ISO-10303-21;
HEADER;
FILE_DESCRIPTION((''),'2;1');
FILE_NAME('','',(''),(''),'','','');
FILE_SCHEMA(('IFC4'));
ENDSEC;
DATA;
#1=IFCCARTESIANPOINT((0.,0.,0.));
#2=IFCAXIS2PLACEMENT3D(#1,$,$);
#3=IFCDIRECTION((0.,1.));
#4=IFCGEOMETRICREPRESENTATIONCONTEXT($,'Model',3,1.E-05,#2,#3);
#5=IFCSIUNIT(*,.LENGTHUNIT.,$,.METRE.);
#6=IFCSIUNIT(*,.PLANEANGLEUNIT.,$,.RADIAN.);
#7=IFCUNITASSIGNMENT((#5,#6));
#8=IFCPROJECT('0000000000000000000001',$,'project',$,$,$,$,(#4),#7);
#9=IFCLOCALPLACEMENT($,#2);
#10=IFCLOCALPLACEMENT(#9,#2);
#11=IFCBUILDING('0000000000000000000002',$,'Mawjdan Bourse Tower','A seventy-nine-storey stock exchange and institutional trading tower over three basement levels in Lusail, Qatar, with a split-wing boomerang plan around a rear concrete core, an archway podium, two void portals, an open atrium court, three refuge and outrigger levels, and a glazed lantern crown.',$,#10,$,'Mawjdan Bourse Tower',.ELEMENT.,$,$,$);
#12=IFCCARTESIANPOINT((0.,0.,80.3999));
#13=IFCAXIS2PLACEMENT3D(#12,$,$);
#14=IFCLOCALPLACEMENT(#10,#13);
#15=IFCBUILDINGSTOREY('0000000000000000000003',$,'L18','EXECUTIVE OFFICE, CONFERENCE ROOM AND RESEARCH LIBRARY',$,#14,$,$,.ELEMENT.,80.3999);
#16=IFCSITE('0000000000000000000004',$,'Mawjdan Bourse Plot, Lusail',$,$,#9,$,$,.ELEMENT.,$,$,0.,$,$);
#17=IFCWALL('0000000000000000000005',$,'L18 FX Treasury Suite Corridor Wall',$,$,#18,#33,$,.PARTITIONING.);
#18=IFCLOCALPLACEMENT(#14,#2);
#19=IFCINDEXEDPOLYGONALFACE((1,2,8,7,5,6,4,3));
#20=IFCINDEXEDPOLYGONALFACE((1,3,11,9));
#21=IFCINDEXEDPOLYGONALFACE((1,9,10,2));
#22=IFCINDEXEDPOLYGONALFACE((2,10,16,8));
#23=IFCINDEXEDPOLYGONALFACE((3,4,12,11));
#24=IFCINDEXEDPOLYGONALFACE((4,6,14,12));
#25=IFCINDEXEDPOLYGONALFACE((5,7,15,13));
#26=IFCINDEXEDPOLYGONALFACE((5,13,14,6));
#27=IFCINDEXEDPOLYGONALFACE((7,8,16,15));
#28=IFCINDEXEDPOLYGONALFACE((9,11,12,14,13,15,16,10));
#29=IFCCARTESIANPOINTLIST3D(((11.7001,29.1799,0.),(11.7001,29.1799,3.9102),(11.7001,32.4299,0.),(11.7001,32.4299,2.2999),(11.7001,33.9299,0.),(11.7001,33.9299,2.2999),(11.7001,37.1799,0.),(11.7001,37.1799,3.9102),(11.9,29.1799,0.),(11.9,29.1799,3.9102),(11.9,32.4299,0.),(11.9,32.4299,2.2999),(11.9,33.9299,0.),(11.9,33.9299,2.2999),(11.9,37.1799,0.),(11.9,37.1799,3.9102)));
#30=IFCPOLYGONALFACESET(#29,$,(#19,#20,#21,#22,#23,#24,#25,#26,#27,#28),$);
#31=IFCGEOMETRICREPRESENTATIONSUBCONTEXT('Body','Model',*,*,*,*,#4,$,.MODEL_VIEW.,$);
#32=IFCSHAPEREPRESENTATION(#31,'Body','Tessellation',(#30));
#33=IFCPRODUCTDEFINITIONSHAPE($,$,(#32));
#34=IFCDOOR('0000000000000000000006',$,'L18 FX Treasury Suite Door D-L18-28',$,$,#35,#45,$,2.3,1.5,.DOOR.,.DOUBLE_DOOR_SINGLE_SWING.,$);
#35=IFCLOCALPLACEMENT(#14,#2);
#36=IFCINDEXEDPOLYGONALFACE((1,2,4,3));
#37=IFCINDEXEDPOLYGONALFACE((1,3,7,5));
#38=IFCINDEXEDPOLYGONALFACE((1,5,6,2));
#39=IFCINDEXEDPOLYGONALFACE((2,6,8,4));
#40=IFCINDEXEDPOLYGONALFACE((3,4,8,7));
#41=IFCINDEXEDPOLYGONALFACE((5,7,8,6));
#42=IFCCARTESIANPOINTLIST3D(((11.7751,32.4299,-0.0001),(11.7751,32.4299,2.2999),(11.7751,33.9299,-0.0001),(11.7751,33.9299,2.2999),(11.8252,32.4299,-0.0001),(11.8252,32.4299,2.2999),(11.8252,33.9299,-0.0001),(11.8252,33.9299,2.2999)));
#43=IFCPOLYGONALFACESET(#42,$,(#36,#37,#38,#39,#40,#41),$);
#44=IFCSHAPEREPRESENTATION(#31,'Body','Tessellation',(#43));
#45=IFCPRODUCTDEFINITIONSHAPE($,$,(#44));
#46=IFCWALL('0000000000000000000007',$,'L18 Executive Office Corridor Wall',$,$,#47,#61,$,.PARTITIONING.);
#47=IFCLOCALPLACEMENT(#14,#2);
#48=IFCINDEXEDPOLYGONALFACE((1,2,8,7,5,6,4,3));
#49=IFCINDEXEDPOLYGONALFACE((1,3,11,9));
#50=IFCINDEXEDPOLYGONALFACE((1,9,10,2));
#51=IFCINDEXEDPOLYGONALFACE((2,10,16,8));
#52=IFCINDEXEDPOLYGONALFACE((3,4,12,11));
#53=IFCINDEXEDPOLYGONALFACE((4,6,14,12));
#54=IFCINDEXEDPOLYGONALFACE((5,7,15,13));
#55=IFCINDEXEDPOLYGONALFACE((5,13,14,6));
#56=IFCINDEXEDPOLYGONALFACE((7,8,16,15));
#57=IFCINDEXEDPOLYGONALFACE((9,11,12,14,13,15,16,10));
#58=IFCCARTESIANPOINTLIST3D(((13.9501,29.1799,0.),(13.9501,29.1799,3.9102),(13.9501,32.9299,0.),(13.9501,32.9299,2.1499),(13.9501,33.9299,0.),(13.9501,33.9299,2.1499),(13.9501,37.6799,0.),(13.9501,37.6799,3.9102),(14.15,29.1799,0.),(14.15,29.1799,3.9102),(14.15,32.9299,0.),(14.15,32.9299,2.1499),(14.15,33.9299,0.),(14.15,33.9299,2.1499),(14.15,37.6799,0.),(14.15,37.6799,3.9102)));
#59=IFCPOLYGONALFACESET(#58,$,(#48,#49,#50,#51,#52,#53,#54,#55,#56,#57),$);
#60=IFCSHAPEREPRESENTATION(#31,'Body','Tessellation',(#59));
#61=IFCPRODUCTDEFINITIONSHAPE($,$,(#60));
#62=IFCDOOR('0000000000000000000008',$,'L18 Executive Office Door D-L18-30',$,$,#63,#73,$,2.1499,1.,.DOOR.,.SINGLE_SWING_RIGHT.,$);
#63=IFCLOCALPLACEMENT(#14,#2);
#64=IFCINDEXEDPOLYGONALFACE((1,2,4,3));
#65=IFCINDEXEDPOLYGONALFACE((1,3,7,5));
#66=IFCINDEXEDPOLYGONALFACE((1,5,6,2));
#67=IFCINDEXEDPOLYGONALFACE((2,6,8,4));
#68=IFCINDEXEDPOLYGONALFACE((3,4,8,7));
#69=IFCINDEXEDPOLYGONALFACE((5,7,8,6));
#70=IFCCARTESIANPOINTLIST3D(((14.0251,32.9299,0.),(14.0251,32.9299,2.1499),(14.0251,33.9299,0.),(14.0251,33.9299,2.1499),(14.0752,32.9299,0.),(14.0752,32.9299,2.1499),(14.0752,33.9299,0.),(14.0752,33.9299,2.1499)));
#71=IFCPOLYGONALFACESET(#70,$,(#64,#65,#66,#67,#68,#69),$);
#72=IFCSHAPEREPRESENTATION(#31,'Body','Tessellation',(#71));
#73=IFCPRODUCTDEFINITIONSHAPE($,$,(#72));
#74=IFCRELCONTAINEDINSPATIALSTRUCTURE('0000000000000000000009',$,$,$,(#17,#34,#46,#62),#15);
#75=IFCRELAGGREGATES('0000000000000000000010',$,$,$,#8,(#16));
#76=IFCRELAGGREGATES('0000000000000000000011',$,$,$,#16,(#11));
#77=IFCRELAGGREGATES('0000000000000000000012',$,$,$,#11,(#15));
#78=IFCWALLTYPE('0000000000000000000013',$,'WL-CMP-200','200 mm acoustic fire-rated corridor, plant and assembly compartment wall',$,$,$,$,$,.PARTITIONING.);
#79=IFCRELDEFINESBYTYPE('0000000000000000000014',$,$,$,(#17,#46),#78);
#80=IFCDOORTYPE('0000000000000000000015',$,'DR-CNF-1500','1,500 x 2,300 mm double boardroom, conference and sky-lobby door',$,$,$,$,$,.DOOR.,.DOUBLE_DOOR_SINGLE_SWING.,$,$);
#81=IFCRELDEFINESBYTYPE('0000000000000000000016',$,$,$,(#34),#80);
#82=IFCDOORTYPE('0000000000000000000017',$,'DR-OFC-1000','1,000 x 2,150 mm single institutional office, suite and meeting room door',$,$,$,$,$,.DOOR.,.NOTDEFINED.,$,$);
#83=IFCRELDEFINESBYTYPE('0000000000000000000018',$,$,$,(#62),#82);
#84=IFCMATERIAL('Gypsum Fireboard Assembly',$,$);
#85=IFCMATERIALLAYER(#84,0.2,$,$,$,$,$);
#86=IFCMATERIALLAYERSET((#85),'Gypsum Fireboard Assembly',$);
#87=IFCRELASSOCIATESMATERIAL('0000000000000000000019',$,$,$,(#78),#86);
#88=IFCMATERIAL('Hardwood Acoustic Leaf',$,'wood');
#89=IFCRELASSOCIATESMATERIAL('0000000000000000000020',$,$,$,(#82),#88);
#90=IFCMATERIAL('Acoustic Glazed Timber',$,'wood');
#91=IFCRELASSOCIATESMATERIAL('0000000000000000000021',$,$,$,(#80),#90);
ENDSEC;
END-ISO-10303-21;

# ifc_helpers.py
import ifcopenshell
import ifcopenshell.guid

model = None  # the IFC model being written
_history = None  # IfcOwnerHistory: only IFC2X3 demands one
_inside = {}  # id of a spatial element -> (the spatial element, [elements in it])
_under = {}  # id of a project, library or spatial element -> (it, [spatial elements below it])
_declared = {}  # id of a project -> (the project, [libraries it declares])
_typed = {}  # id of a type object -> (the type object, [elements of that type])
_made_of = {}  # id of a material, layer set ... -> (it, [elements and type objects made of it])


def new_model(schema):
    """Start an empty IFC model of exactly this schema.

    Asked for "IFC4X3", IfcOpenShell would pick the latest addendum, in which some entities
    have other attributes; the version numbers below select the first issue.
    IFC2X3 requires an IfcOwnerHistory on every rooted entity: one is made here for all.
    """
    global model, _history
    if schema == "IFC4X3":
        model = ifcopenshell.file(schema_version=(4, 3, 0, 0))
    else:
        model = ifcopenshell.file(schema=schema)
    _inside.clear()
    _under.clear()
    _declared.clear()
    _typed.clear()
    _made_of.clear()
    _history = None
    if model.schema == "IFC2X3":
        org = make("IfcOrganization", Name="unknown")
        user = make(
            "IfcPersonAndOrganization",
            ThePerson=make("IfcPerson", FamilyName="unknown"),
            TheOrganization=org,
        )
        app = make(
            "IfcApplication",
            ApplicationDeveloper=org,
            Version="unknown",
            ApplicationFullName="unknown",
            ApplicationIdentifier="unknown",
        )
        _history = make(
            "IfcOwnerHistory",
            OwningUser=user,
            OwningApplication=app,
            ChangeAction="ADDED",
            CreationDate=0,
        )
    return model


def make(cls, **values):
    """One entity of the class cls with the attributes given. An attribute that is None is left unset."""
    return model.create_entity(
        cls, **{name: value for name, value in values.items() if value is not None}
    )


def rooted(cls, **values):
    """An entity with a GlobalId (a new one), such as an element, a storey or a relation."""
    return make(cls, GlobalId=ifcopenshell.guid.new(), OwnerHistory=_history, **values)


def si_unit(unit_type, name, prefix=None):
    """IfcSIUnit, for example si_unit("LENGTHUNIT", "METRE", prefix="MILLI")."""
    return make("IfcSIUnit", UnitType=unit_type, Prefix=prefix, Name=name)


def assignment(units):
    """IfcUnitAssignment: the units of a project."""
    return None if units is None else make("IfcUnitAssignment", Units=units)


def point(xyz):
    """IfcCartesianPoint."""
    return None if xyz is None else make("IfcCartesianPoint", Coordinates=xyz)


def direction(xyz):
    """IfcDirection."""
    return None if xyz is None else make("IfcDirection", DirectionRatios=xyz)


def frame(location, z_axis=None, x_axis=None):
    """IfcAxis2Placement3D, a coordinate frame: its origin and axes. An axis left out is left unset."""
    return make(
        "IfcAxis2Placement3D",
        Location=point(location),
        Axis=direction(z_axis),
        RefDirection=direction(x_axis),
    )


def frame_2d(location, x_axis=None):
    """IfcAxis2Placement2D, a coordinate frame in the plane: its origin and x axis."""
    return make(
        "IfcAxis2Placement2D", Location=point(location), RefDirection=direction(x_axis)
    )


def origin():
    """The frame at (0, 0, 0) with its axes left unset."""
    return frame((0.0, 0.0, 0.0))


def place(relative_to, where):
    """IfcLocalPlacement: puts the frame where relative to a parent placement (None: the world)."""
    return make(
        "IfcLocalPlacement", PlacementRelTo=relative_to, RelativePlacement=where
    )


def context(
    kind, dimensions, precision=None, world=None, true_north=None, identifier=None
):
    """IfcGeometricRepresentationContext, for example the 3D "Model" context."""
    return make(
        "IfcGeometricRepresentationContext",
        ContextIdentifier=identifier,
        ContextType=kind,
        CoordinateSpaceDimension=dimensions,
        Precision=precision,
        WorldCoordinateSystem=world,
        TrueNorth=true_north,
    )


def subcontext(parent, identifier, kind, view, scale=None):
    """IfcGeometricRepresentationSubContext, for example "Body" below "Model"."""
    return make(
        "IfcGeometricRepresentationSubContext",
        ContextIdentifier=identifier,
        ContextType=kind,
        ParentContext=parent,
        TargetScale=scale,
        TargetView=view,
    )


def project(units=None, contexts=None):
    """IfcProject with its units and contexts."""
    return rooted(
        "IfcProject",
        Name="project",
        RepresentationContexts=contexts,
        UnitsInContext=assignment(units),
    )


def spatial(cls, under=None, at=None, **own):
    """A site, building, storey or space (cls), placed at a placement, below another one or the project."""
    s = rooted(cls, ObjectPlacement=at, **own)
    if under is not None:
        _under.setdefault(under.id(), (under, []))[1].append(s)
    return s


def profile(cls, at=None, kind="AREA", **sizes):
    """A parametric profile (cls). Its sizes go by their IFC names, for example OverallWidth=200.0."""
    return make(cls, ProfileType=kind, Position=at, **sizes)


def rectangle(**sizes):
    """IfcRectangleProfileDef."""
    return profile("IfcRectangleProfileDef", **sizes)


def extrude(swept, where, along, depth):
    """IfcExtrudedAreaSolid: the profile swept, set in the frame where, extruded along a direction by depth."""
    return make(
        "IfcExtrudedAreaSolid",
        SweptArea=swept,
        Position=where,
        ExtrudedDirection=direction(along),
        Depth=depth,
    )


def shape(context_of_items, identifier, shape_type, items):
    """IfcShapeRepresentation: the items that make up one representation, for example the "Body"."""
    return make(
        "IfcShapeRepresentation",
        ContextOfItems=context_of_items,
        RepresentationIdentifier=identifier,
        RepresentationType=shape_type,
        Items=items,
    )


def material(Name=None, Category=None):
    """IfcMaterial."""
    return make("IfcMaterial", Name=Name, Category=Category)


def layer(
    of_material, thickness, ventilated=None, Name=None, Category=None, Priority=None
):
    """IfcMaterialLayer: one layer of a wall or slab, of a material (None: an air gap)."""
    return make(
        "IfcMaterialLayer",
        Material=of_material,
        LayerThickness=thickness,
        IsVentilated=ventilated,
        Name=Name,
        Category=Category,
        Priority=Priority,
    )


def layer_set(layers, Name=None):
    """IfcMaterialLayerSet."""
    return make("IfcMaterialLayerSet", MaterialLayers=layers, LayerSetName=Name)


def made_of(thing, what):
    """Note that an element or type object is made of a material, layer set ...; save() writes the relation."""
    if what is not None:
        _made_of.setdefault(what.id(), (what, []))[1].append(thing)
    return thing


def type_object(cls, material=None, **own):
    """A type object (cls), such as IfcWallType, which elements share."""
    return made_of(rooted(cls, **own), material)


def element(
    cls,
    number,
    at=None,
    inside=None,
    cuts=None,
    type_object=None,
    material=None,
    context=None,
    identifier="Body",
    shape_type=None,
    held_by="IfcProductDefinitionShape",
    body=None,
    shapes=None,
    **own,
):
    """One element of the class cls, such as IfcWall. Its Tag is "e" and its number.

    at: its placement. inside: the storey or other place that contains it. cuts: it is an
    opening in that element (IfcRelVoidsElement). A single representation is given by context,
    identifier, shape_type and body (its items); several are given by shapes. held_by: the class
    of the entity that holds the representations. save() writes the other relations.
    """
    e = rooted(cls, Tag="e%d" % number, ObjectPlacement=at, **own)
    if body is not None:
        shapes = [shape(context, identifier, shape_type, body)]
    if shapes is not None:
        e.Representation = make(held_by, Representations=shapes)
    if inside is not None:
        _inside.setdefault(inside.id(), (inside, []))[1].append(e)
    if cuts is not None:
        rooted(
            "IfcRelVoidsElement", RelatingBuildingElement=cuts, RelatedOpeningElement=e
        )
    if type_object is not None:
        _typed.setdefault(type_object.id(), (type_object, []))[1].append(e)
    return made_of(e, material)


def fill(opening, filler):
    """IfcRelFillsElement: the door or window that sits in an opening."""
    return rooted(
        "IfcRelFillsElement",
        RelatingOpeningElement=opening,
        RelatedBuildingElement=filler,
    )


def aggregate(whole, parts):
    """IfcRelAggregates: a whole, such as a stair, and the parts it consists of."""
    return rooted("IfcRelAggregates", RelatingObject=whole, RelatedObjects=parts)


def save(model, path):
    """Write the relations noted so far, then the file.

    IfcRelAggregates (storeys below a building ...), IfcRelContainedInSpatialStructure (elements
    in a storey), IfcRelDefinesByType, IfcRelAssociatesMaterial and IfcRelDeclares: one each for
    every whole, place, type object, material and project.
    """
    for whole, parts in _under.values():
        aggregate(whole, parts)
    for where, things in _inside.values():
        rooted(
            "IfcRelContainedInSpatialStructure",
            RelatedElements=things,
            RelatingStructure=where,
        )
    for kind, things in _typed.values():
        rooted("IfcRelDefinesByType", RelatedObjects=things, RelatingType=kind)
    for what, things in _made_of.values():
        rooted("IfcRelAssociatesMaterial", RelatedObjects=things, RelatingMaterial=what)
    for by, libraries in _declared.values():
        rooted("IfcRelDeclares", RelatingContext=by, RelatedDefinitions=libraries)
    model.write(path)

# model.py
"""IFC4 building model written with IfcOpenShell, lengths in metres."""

from ifc_helpers import new_model, si_unit, direction, frame, frame_2d, origin, place, context, subcontext, project, spatial, rectangle, extrude, material, layer, layer_set, type_object, element, fill, save


model = new_model("IFC4")

# Units and contexts
model_context = context("Model", 3, precision=1e-05, world=origin(), true_north=direction((0.0, 1.0)))
body_context = subcontext(model_context, "Body", "Model", "MODEL_VIEW")
ifc_project = project(units=[si_unit("LENGTHUNIT", "METRE"), si_unit("PLANEANGLEUNIT", "RADIAN")], contexts=[model_context])

# Site, building, storey
site_placement = place(None, origin())
site = spatial("IfcSite", under=ifc_project, at=site_placement, Name="Mawjdan Bourse Plot, Lusail", CompositionType="ELEMENT", RefElevation=0.0)
building_placement = place(site_placement, origin())
building = spatial("IfcBuilding", under=site, at=building_placement, Name="Mawjdan Bourse Tower", Description="A seventy-nine-storey stock exchange and institutional trading tower over three basement levels in Lusail, Qatar, with a split-wing boomerang plan around a rear concrete core, an archway podium, two void portals, an open atrium court, three refuge and outrigger levels, and a glazed lantern crown.", LongName="Mawjdan Bourse Tower", CompositionType="ELEMENT")
storey_placement = place(building_placement, frame((0.0, 0.0, 80.3999)))
storey = spatial("IfcBuildingStorey", under=building, at=storey_placement, Name="L18", Description="EXECUTIVE OFFICE, CONFERENCE ROOM AND RESEARCH LIBRARY", CompositionType="ELEMENT", Elevation=80.3999)

# Shared definitions
ifc_material_1 = material(Name="Gypsum Fireboard Assembly")
ifc_layer = layer(ifc_material_1, 0.2)
ifc_layer_set = layer_set([ifc_layer], Name="Gypsum Fireboard Assembly")
wall_type = type_object("IfcWallType", Name="WL-CMP-200", Description="200 mm acoustic fire-rated corridor, plant and assembly compartment wall", PredefinedType="PARTITIONING", material=ifc_layer_set)
ifc_material_2 = material(Name="Hardwood Acoustic Leaf", Category="wood")
door_type_1 = type_object("IfcDoorType", Name="DR-OFC-1000", Description="1,000 x 2,150 mm single institutional office, suite and meeting room door", OperationType="NOTDEFINED", PredefinedType="DOOR", material=ifc_material_2)

# Walls, openings, doors
wall_1_placement = place(storey_placement, frame((11.8, 29.1799, 0.0), z_axis=(0.0, 0.0, 1.0), x_axis=(0.0, 1.0, 0.0)))
wall_1 = element("IfcWall", 1, at=wall_1_placement, inside=storey, type_object=wall_type, Name="L18 FX Treasury Suite Corridor Wall", PredefinedType="PARTITIONING", context=body_context, shape_type="SweptSolid", body=[
    extrude(rectangle(XDim=8.0, YDim=0.2, at=frame_2d((4.0, 0.0))), origin(), (0.0, 0.0, 1.0), 3.9102),
])
opening_1_placement = place(wall_1_placement, frame((3.25, 0.0, 0.0)))
opening_1 = element("IfcOpeningElement", 2, at=opening_1_placement, cuts=wall_1, PredefinedType="OPENING", context=body_context, shape_type="SweptSolid", body=[
    extrude(rectangle(XDim=1.5, YDim=2.3, at=frame_2d((0.75, 1.1499))), frame((0.0, 0.1099, 0.0), z_axis=(0.0, -1.0, 0.0), x_axis=(1.0, 0.0, 0.0)), (0.0, 0.0, 1.0), 0.22),
])
ifc_material_3 = material(Name="Acoustic Glazed Timber", Category="wood")
door_type_2 = type_object("IfcDoorType", Name="DR-CNF-1500", Description="1,500 x 2,300 mm double boardroom, conference and sky-lobby door", OperationType="DOUBLE_DOOR_SINGLE_SWING", PredefinedType="DOOR", material=ifc_material_3)
door_1_placement = place(opening_1_placement, origin())
door_1 = element("IfcDoor", 3, at=door_1_placement, inside=storey, type_object=door_type_2, Name="L18 FX Treasury Suite Door D-L18-28", OperationType="DOUBLE_DOOR_SINGLE_SWING", OverallHeight=2.3, OverallWidth=1.5, PredefinedType="DOOR", context=body_context, shape_type="SweptSolid", body=[
    extrude(rectangle(XDim=1.5, YDim=2.3, at=frame_2d((0.75, 1.1499))), frame((0.0, 0.0249, 0.0), z_axis=(0.0, -1.0, 0.0), x_axis=(1.0, 0.0, 0.0)), (0.0, 0.0, 1.0), 0.05),
])
fill(opening_1, door_1)
wall_2_placement = place(storey_placement, frame((14.05, 29.1799, 0.0), z_axis=(0.0, 0.0, 1.0), x_axis=(0.0, 1.0, 0.0)))
wall_2 = element("IfcWall", 4, at=wall_2_placement, inside=storey, type_object=wall_type, Name="L18 Executive Office Corridor Wall", PredefinedType="PARTITIONING", context=body_context, shape_type="SweptSolid", body=[
    extrude(rectangle(XDim=8.5, YDim=0.2, at=frame_2d((4.25, 0.0))), origin(), (0.0, 0.0, 1.0), 3.9102),
])
opening_2_placement = place(wall_2_placement, frame((3.75, 0.0, 0.0)))
opening_2 = element("IfcOpeningElement", 5, at=opening_2_placement, cuts=wall_2, PredefinedType="OPENING", context=body_context, shape_type="SweptSolid", body=[
    extrude(rectangle(XDim=1.0, YDim=2.1499, at=frame_2d((0.5, 1.075))), frame((0.0, 0.1099, 0.0), z_axis=(0.0, -1.0, 0.0), x_axis=(1.0, 0.0, 0.0)), (0.0, 0.0, 1.0), 0.22),
])
door_2_placement = place(opening_2_placement, origin())
door_2 = element("IfcDoor", 6, at=door_2_placement, inside=storey, type_object=door_type_1, Name="L18 Executive Office Door D-L18-30", OperationType="SINGLE_SWING_RIGHT", OverallHeight=2.1499, OverallWidth=1.0, PredefinedType="DOOR", context=body_context, shape_type="SweptSolid", body=[
    extrude(rectangle(XDim=1.0, YDim=2.1499, at=frame_2d((0.5, 1.075))), frame((0.0, 0.0249, 0.0), z_axis=(0.0, -1.0, 0.0), x_axis=(1.0, 0.0, 0.0)), (0.0, 0.0, 1.0), 0.05),
])
fill(opening_2, door_2)

save(model, "model.ifc")
